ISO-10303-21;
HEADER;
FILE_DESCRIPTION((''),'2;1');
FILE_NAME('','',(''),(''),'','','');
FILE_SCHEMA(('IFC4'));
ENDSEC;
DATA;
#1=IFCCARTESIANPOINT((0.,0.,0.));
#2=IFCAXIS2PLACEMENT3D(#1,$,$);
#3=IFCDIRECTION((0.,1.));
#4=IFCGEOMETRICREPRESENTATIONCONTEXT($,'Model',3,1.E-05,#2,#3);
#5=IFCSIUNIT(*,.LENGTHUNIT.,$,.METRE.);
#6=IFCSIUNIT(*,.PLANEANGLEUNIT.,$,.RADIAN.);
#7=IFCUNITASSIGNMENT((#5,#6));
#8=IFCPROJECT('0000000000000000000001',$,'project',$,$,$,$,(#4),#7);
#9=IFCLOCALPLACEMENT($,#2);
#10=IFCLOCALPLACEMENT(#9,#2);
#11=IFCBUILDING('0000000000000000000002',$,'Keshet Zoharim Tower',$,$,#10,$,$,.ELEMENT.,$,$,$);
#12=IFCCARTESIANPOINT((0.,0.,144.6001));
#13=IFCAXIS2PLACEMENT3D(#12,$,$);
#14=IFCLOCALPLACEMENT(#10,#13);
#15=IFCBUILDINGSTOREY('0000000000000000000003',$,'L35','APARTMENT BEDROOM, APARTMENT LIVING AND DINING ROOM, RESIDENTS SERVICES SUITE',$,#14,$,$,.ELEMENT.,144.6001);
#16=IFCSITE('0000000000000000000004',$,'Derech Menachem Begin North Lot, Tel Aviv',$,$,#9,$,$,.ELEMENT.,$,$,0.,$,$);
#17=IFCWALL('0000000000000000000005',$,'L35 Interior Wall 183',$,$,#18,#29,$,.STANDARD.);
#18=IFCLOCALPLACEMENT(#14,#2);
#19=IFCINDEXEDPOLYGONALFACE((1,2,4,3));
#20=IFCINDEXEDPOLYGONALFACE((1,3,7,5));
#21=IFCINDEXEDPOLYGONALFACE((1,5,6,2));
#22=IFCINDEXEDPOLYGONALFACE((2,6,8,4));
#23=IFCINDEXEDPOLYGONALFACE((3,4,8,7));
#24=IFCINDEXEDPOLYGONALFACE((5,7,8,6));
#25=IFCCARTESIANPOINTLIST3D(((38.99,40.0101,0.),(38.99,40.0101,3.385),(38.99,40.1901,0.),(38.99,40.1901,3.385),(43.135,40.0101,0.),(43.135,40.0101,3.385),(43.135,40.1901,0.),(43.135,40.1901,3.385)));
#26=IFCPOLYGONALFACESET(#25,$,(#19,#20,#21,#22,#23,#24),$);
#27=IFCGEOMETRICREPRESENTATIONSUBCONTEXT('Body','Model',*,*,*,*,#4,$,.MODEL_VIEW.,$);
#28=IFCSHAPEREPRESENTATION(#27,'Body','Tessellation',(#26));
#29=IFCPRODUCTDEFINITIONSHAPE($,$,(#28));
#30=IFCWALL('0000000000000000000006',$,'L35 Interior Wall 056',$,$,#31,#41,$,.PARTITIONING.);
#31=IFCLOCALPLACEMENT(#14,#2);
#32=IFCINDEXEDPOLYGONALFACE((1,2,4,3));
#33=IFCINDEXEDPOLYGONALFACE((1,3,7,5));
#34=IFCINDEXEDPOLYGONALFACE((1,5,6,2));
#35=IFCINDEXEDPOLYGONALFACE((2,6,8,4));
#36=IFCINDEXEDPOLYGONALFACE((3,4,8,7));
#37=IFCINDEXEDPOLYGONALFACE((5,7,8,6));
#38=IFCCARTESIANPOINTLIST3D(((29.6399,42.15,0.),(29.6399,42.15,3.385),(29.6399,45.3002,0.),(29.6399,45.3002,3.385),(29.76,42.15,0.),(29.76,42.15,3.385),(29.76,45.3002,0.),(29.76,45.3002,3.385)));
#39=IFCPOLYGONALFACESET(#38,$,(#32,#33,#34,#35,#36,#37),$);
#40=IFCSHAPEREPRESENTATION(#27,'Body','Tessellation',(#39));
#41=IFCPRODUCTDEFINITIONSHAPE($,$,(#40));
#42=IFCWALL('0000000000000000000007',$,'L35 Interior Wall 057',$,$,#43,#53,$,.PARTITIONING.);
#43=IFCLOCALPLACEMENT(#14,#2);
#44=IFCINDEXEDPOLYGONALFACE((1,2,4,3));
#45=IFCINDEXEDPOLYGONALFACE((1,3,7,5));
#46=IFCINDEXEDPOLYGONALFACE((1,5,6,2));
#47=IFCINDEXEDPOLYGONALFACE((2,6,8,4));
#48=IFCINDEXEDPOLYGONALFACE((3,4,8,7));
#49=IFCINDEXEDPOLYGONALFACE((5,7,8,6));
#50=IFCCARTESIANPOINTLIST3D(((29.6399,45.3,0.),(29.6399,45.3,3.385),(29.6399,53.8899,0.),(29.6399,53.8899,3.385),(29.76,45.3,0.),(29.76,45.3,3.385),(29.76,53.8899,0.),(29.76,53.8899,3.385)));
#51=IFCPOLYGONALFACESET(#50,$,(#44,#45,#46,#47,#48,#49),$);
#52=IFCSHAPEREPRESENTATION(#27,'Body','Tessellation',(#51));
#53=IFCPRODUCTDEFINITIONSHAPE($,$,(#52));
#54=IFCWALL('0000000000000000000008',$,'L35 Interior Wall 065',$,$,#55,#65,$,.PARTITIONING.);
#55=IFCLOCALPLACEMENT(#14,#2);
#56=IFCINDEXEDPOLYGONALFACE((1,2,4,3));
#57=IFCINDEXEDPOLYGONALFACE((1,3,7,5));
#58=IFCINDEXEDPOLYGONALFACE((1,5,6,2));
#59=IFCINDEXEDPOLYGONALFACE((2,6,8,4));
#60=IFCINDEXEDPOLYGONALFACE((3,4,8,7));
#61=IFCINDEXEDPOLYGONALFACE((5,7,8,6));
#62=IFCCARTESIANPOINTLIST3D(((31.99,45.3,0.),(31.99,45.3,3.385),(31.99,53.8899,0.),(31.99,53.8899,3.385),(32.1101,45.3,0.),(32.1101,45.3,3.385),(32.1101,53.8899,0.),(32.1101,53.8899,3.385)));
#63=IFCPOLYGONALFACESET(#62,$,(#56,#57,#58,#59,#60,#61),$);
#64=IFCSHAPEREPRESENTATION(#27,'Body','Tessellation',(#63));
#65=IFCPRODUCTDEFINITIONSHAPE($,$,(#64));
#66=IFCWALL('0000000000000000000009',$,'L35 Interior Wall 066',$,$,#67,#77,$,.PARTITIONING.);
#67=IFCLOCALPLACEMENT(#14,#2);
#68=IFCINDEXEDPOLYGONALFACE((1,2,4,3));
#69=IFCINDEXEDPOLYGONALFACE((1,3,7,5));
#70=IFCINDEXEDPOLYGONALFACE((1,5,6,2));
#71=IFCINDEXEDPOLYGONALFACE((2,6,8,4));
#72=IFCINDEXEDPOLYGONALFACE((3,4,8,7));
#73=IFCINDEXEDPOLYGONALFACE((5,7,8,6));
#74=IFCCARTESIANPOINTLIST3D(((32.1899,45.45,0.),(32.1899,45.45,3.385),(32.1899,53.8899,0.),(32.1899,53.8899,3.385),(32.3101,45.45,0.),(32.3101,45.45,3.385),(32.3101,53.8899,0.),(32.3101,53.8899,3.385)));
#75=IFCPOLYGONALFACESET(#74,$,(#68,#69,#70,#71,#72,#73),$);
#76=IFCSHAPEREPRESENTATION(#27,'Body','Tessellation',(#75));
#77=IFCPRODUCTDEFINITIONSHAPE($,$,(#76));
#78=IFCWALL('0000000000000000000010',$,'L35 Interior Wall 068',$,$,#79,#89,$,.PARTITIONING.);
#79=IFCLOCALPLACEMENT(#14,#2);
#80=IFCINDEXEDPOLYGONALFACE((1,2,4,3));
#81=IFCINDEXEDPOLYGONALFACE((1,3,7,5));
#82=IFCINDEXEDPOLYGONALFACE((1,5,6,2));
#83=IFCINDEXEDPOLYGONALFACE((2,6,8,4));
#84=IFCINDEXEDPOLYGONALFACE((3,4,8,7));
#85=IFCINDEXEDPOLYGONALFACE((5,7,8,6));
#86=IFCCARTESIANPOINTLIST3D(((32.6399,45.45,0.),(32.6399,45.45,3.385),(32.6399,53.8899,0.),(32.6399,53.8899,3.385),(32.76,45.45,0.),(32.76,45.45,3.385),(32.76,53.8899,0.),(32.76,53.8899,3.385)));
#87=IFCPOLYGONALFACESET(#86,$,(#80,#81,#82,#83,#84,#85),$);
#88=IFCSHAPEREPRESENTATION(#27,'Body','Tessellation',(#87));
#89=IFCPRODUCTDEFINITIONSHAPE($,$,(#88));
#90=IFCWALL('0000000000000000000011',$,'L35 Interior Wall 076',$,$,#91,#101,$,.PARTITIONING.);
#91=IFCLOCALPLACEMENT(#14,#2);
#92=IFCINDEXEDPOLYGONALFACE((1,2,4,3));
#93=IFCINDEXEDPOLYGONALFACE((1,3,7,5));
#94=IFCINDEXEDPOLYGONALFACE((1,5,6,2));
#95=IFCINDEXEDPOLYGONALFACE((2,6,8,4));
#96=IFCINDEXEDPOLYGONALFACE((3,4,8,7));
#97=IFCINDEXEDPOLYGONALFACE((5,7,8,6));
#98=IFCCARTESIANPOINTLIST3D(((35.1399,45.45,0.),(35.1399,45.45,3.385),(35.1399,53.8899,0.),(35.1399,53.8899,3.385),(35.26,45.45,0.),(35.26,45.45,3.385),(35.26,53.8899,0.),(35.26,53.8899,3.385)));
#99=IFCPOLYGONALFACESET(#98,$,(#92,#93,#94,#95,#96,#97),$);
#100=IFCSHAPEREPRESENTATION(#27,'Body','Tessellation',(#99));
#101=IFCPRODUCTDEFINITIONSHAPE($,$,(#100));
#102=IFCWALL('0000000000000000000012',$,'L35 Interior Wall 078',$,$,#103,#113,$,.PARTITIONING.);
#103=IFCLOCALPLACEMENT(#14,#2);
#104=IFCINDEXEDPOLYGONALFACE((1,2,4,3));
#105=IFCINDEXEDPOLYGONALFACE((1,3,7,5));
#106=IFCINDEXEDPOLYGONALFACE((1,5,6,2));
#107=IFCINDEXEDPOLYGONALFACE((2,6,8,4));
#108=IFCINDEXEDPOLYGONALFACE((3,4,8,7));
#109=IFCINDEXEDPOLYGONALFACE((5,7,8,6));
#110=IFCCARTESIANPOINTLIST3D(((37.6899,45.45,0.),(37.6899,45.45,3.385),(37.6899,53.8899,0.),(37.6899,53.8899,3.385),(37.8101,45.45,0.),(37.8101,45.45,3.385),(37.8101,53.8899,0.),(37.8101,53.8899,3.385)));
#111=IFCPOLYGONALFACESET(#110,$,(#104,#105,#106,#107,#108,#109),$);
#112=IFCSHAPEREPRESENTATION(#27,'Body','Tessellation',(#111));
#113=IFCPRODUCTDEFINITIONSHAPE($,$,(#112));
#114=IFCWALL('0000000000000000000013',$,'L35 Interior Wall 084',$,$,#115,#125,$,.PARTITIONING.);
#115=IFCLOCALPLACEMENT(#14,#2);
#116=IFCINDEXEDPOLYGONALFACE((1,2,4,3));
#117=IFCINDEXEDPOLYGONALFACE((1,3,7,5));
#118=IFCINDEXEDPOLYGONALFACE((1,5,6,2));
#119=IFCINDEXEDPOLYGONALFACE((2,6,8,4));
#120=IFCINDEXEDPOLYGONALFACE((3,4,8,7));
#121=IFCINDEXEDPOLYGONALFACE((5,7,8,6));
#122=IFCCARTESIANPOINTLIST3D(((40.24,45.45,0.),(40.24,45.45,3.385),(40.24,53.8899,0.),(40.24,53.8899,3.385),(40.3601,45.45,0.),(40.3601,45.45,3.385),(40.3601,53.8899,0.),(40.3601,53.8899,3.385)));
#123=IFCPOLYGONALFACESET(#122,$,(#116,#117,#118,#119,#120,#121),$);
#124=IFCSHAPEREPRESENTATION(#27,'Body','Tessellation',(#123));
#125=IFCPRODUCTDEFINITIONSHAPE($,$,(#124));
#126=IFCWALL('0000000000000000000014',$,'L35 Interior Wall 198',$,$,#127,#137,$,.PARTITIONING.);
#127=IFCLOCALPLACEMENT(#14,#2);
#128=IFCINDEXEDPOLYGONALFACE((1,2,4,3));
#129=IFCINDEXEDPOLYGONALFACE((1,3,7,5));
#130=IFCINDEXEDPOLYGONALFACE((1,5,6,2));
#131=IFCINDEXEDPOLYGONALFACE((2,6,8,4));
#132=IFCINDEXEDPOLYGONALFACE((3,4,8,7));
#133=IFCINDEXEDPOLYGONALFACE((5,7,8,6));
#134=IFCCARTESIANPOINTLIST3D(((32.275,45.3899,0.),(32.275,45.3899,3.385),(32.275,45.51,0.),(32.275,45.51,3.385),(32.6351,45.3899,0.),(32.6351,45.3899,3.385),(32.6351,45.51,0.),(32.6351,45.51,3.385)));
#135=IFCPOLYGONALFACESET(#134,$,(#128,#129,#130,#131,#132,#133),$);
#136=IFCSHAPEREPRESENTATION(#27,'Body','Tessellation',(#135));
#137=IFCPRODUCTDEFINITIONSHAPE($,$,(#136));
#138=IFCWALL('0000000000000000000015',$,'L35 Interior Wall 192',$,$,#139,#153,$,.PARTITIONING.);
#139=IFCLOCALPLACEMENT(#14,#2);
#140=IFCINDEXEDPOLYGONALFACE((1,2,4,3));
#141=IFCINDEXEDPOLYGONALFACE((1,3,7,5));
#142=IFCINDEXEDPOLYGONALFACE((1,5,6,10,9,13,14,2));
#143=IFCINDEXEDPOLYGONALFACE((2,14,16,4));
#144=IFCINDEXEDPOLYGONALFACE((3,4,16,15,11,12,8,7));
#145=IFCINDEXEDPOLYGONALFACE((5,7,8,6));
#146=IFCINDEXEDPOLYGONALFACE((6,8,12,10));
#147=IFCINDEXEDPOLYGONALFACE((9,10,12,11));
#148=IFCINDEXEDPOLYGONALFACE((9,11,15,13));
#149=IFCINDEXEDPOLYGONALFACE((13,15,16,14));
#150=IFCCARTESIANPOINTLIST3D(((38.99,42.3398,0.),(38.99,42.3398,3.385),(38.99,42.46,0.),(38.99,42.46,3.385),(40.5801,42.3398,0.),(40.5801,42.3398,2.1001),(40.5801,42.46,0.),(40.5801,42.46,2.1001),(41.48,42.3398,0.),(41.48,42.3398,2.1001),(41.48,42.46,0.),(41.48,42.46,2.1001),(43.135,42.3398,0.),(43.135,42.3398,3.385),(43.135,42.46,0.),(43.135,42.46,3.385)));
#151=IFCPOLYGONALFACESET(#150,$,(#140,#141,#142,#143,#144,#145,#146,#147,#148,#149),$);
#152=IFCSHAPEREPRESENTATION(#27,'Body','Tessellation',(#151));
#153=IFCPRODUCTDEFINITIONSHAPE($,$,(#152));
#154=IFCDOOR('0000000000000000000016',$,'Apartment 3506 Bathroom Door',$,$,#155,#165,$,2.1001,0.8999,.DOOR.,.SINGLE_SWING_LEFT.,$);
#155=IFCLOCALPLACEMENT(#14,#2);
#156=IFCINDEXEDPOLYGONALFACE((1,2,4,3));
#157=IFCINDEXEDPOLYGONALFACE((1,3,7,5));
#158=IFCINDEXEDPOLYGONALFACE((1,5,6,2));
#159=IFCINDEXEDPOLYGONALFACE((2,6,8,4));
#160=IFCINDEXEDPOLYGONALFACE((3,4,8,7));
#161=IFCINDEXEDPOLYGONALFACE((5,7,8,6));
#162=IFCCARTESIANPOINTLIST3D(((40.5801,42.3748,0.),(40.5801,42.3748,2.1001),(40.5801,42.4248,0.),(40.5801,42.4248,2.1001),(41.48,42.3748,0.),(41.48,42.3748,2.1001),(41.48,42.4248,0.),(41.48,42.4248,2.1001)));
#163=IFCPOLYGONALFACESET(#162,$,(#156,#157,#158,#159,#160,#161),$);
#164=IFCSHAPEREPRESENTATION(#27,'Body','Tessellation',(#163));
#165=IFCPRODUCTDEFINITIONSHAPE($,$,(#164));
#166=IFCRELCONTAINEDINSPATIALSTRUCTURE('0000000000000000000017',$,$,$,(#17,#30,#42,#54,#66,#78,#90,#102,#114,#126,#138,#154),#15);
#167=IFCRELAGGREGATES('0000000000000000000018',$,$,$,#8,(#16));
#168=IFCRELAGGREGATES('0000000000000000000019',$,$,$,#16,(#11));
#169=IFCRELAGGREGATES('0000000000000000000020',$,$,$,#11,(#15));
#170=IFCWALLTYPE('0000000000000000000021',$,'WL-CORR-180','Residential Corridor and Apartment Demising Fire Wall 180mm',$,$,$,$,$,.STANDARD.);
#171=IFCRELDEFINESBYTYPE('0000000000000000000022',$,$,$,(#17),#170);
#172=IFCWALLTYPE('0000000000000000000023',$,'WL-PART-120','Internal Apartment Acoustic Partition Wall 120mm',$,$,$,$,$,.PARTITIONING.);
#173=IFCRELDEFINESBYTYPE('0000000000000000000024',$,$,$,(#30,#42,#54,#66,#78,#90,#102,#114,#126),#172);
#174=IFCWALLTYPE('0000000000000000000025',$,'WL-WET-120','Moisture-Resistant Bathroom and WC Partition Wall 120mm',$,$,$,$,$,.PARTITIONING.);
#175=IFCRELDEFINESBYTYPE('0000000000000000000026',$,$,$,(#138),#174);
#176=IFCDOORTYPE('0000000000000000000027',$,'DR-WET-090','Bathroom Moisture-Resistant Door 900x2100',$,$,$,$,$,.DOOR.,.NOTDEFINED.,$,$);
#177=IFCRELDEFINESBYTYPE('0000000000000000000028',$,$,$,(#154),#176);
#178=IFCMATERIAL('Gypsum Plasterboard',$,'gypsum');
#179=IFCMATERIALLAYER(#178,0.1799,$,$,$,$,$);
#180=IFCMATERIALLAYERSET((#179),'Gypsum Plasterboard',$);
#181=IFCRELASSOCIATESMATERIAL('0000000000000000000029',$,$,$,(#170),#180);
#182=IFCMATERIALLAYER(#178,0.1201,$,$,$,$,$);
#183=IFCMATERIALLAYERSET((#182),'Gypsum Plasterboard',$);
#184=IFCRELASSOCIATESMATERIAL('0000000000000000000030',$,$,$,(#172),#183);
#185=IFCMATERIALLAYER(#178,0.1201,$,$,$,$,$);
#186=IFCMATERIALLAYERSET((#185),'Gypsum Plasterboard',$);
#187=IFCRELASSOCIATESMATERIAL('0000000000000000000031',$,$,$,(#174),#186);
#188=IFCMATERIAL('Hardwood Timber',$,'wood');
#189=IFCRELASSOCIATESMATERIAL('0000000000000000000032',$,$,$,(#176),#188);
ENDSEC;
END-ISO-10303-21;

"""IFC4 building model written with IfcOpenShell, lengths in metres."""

from ifc_helpers import new_model, si_unit, direction, frame, frame_2d, origin, place, context, subcontext, project, spatial, rectangle, extrude, material, layer, layer_set, type_object, element, fill, save


model = new_model("IFC4")

# Units and contexts
model_context = context("Model", 3, precision=1e-05, world=origin(), true_north=direction((0.0, 1.0)))
body_context = subcontext(model_context, "Body", "Model", "MODEL_VIEW")
ifc_project = project(units=[si_unit("LENGTHUNIT", "METRE"), si_unit("PLANEANGLEUNIT", "RADIAN")], contexts=[model_context])

# Site, building, storey
site_placement = place(None, origin())
site = spatial("IfcSite", under=ifc_project, at=site_placement, Name="Derech Menachem Begin North Lot, Tel Aviv", CompositionType="ELEMENT", RefElevation=0.0)
building_placement = place(site_placement, origin())
building = spatial("IfcBuilding", under=site, at=building_placement, Name="Keshet Zoharim Tower", CompositionType="ELEMENT")
storey_placement = place(building_placement, frame((0.0, 0.0, 144.6001)))
storey = spatial("IfcBuildingStorey", under=building, at=storey_placement, Name="L35", Description="APARTMENT BEDROOM, APARTMENT LIVING AND DINING ROOM, RESIDENTS SERVICES SUITE", CompositionType="ELEMENT", Elevation=144.6001)

# Wall
ifc_material_1 = material(Name="Gypsum Plasterboard", Category="gypsum")
ifc_layer_1 = layer(ifc_material_1, 0.1799)
ifc_layer_set_1 = layer_set([ifc_layer_1], Name="Gypsum Plasterboard")
wall_type_1 = type_object("IfcWallType", Name="WL-CORR-180", Description="Residential Corridor and Apartment Demising Fire Wall 180mm", PredefinedType="STANDARD", material=ifc_layer_set_1)
wall_1_placement = place(storey_placement, frame((38.99, 40.1001, 0.0), z_axis=(0.0, 0.0, 1.0), x_axis=(1.0, 0.0, 0.0)))
element("IfcWall", 1, at=wall_1_placement, inside=storey, type_object=wall_type_1, Name="L35 Interior Wall 183", PredefinedType="STANDARD", context=body_context, shape_type="SweptSolid", body=[
    extrude(rectangle(XDim=4.145, YDim=0.1799, at=frame_2d((2.0725, 0.0))), origin(), (0.0, 0.0, 1.0), 3.385),
])

# Shared definitions
ifc_material_2 = material(Name="Hardwood Timber", Category="wood")

# Walls
ifc_layer_2 = layer(ifc_material_1, 0.1201)
ifc_layer_set_2 = layer_set([ifc_layer_2], Name="Gypsum Plasterboard")
wall_type_2 = type_object("IfcWallType", Name="WL-PART-120", Description="Internal Apartment Acoustic Partition Wall 120mm", PredefinedType="PARTITIONING", material=ifc_layer_set_2)
wall_2_placement = place(storey_placement, frame((29.7, 42.1499, 0.0), z_axis=(0.0, 0.0, 1.0), x_axis=(0.0, 1.0, 0.0)))
element("IfcWall", 2, at=wall_2_placement, inside=storey, type_object=wall_type_2, Name="L35 Interior Wall 056", PredefinedType="PARTITIONING", context=body_context, shape_type="SweptSolid", body=[
    extrude(rectangle(XDim=3.1501, YDim=0.1201, at=frame_2d((1.5752, 0.0))), origin(), (0.0, 0.0, 1.0), 3.385),
])
for number, where, z_axis, x_axis, name in (
    (3, (29.7, 45.3, 0.0), (0.0, 0.0, 1.0), (0.0, 1.0, 0.0), "L35 Interior Wall 057"),
    (4, (32.05, 45.3, 0.0), (0.0, 0.0, 1.0), (0.0, 1.0, 0.0), "L35 Interior Wall 065"),
):
    element("IfcWall", number, at=place(storey_placement, frame(where, z_axis=z_axis, x_axis=x_axis)), inside=storey, type_object=wall_type_2, Name=name, PredefinedType="PARTITIONING", context=body_context, shape_type="SweptSolid", body=[
        extrude(rectangle(XDim=8.5898, YDim=0.1201, at=frame_2d((4.2949, 0.0))), origin(), (0.0, 0.0, 1.0), 3.385),
    ])
for number, where, z_axis, x_axis, name in (
    (5, (32.25, 45.45, 0.0), (0.0, 0.0, 1.0), (0.0, 1.0, 0.0), "L35 Interior Wall 066"),
    (6, (32.7, 45.45, 0.0), (0.0, 0.0, 1.0), (0.0, 1.0, 0.0), "L35 Interior Wall 068"),
    (7, (35.2, 45.45, 0.0), (0.0, 0.0, 1.0), (0.0, 1.0, 0.0), "L35 Interior Wall 076"),
    (8, (37.75, 45.45, 0.0), (0.0, 0.0, 1.0), (0.0, 1.0, 0.0), "L35 Interior Wall 078"),
    (9, (40.3, 45.45, 0.0), (0.0, 0.0, 1.0), (0.0, 1.0, 0.0), "L35 Interior Wall 084"),
):
    element("IfcWall", number, at=place(storey_placement, frame(where, z_axis=z_axis, x_axis=x_axis)), inside=storey, type_object=wall_type_2, Name=name, PredefinedType="PARTITIONING", context=body_context, shape_type="SweptSolid", body=[
        extrude(rectangle(XDim=8.4399, YDim=0.1201, at=frame_2d((4.22, 0.0))), origin(), (0.0, 0.0, 1.0), 3.385),
    ])

# Wall
wall_3_placement = place(storey_placement, frame((32.2749, 45.45, 0.0), z_axis=(0.0, 0.0, 1.0), x_axis=(1.0, 0.0, 0.0)))
element("IfcWall", 10, at=wall_3_placement, inside=storey, type_object=wall_type_2, Name="L35 Interior Wall 198", PredefinedType="PARTITIONING", context=body_context, shape_type="SweptSolid", body=[
    extrude(rectangle(XDim=0.3601, YDim=0.1201, at=frame_2d((0.1802, 0.0))), origin(), (0.0, 0.0, 1.0), 3.385),
])

# Wall, opening, door
ifc_layer_3 = layer(ifc_material_1, 0.1201)
ifc_layer_set_3 = layer_set([ifc_layer_3], Name="Gypsum Plasterboard")
wall_type_3 = type_object("IfcWallType", Name="WL-WET-120", Description="Moisture-Resistant Bathroom and WC Partition Wall 120mm", PredefinedType="PARTITIONING", material=ifc_layer_set_3)
wall_4_placement = place(storey_placement, frame((38.99, 42.3999, 0.0), z_axis=(0.0, 0.0, 1.0), x_axis=(1.0, 0.0, 0.0)))
wall_4 = element("IfcWall", 11, at=wall_4_placement, inside=storey, type_object=wall_type_3, Name="L35 Interior Wall 192", PredefinedType="PARTITIONING", context=body_context, shape_type="SweptSolid", body=[
    extrude(rectangle(XDim=4.145, YDim=0.1201, at=frame_2d((2.0725, 0.0))), origin(), (0.0, 0.0, 1.0), 3.385),
])
opening_1_placement = place(wall_4_placement, frame((1.5901, 0.0, 0.0)))
opening_1 = element("IfcOpeningElement", 12, at=opening_1_placement, cuts=wall_4, PredefinedType="OPENING", context=body_context, shape_type="SweptSolid", body=[
    extrude(rectangle(XDim=0.8999, YDim=2.1001, at=frame_2d((0.45, 1.05))), frame((0.0, 0.0701, 0.0), z_axis=(0.0, -1.0, 0.0), x_axis=(1.0, 0.0, 0.0)), (0.0, 0.0, 1.0), 0.1401),
])
door_type_1 = type_object("IfcDoorType", Name="DR-WET-090", Description="Bathroom Moisture-Resistant Door 900x2100", OperationType="NOTDEFINED", PredefinedType="DOOR", material=ifc_material_2)
door_1_placement = place(opening_1_placement, origin())
door_1 = element("IfcDoor", 13, at=door_1_placement, inside=storey, type_object=door_type_1, Name="Apartment 3506 Bathroom Door", OperationType="SINGLE_SWING_LEFT", OverallHeight=2.1001, OverallWidth=0.8999, PredefinedType="DOOR", context=body_context, shape_type="SweptSolid", body=[
    extrude(rectangle(XDim=0.8999, YDim=2.1001, at=frame_2d((0.45, 1.05))), frame((0.0, 0.0249, 0.0), z_axis=(0.0, -1.0, 0.0), x_axis=(1.0, 0.0, 0.0)), (0.0, 0.0, 1.0), 0.05),
])
fill(opening_1, door_1)

save(model, "model.ifc")
